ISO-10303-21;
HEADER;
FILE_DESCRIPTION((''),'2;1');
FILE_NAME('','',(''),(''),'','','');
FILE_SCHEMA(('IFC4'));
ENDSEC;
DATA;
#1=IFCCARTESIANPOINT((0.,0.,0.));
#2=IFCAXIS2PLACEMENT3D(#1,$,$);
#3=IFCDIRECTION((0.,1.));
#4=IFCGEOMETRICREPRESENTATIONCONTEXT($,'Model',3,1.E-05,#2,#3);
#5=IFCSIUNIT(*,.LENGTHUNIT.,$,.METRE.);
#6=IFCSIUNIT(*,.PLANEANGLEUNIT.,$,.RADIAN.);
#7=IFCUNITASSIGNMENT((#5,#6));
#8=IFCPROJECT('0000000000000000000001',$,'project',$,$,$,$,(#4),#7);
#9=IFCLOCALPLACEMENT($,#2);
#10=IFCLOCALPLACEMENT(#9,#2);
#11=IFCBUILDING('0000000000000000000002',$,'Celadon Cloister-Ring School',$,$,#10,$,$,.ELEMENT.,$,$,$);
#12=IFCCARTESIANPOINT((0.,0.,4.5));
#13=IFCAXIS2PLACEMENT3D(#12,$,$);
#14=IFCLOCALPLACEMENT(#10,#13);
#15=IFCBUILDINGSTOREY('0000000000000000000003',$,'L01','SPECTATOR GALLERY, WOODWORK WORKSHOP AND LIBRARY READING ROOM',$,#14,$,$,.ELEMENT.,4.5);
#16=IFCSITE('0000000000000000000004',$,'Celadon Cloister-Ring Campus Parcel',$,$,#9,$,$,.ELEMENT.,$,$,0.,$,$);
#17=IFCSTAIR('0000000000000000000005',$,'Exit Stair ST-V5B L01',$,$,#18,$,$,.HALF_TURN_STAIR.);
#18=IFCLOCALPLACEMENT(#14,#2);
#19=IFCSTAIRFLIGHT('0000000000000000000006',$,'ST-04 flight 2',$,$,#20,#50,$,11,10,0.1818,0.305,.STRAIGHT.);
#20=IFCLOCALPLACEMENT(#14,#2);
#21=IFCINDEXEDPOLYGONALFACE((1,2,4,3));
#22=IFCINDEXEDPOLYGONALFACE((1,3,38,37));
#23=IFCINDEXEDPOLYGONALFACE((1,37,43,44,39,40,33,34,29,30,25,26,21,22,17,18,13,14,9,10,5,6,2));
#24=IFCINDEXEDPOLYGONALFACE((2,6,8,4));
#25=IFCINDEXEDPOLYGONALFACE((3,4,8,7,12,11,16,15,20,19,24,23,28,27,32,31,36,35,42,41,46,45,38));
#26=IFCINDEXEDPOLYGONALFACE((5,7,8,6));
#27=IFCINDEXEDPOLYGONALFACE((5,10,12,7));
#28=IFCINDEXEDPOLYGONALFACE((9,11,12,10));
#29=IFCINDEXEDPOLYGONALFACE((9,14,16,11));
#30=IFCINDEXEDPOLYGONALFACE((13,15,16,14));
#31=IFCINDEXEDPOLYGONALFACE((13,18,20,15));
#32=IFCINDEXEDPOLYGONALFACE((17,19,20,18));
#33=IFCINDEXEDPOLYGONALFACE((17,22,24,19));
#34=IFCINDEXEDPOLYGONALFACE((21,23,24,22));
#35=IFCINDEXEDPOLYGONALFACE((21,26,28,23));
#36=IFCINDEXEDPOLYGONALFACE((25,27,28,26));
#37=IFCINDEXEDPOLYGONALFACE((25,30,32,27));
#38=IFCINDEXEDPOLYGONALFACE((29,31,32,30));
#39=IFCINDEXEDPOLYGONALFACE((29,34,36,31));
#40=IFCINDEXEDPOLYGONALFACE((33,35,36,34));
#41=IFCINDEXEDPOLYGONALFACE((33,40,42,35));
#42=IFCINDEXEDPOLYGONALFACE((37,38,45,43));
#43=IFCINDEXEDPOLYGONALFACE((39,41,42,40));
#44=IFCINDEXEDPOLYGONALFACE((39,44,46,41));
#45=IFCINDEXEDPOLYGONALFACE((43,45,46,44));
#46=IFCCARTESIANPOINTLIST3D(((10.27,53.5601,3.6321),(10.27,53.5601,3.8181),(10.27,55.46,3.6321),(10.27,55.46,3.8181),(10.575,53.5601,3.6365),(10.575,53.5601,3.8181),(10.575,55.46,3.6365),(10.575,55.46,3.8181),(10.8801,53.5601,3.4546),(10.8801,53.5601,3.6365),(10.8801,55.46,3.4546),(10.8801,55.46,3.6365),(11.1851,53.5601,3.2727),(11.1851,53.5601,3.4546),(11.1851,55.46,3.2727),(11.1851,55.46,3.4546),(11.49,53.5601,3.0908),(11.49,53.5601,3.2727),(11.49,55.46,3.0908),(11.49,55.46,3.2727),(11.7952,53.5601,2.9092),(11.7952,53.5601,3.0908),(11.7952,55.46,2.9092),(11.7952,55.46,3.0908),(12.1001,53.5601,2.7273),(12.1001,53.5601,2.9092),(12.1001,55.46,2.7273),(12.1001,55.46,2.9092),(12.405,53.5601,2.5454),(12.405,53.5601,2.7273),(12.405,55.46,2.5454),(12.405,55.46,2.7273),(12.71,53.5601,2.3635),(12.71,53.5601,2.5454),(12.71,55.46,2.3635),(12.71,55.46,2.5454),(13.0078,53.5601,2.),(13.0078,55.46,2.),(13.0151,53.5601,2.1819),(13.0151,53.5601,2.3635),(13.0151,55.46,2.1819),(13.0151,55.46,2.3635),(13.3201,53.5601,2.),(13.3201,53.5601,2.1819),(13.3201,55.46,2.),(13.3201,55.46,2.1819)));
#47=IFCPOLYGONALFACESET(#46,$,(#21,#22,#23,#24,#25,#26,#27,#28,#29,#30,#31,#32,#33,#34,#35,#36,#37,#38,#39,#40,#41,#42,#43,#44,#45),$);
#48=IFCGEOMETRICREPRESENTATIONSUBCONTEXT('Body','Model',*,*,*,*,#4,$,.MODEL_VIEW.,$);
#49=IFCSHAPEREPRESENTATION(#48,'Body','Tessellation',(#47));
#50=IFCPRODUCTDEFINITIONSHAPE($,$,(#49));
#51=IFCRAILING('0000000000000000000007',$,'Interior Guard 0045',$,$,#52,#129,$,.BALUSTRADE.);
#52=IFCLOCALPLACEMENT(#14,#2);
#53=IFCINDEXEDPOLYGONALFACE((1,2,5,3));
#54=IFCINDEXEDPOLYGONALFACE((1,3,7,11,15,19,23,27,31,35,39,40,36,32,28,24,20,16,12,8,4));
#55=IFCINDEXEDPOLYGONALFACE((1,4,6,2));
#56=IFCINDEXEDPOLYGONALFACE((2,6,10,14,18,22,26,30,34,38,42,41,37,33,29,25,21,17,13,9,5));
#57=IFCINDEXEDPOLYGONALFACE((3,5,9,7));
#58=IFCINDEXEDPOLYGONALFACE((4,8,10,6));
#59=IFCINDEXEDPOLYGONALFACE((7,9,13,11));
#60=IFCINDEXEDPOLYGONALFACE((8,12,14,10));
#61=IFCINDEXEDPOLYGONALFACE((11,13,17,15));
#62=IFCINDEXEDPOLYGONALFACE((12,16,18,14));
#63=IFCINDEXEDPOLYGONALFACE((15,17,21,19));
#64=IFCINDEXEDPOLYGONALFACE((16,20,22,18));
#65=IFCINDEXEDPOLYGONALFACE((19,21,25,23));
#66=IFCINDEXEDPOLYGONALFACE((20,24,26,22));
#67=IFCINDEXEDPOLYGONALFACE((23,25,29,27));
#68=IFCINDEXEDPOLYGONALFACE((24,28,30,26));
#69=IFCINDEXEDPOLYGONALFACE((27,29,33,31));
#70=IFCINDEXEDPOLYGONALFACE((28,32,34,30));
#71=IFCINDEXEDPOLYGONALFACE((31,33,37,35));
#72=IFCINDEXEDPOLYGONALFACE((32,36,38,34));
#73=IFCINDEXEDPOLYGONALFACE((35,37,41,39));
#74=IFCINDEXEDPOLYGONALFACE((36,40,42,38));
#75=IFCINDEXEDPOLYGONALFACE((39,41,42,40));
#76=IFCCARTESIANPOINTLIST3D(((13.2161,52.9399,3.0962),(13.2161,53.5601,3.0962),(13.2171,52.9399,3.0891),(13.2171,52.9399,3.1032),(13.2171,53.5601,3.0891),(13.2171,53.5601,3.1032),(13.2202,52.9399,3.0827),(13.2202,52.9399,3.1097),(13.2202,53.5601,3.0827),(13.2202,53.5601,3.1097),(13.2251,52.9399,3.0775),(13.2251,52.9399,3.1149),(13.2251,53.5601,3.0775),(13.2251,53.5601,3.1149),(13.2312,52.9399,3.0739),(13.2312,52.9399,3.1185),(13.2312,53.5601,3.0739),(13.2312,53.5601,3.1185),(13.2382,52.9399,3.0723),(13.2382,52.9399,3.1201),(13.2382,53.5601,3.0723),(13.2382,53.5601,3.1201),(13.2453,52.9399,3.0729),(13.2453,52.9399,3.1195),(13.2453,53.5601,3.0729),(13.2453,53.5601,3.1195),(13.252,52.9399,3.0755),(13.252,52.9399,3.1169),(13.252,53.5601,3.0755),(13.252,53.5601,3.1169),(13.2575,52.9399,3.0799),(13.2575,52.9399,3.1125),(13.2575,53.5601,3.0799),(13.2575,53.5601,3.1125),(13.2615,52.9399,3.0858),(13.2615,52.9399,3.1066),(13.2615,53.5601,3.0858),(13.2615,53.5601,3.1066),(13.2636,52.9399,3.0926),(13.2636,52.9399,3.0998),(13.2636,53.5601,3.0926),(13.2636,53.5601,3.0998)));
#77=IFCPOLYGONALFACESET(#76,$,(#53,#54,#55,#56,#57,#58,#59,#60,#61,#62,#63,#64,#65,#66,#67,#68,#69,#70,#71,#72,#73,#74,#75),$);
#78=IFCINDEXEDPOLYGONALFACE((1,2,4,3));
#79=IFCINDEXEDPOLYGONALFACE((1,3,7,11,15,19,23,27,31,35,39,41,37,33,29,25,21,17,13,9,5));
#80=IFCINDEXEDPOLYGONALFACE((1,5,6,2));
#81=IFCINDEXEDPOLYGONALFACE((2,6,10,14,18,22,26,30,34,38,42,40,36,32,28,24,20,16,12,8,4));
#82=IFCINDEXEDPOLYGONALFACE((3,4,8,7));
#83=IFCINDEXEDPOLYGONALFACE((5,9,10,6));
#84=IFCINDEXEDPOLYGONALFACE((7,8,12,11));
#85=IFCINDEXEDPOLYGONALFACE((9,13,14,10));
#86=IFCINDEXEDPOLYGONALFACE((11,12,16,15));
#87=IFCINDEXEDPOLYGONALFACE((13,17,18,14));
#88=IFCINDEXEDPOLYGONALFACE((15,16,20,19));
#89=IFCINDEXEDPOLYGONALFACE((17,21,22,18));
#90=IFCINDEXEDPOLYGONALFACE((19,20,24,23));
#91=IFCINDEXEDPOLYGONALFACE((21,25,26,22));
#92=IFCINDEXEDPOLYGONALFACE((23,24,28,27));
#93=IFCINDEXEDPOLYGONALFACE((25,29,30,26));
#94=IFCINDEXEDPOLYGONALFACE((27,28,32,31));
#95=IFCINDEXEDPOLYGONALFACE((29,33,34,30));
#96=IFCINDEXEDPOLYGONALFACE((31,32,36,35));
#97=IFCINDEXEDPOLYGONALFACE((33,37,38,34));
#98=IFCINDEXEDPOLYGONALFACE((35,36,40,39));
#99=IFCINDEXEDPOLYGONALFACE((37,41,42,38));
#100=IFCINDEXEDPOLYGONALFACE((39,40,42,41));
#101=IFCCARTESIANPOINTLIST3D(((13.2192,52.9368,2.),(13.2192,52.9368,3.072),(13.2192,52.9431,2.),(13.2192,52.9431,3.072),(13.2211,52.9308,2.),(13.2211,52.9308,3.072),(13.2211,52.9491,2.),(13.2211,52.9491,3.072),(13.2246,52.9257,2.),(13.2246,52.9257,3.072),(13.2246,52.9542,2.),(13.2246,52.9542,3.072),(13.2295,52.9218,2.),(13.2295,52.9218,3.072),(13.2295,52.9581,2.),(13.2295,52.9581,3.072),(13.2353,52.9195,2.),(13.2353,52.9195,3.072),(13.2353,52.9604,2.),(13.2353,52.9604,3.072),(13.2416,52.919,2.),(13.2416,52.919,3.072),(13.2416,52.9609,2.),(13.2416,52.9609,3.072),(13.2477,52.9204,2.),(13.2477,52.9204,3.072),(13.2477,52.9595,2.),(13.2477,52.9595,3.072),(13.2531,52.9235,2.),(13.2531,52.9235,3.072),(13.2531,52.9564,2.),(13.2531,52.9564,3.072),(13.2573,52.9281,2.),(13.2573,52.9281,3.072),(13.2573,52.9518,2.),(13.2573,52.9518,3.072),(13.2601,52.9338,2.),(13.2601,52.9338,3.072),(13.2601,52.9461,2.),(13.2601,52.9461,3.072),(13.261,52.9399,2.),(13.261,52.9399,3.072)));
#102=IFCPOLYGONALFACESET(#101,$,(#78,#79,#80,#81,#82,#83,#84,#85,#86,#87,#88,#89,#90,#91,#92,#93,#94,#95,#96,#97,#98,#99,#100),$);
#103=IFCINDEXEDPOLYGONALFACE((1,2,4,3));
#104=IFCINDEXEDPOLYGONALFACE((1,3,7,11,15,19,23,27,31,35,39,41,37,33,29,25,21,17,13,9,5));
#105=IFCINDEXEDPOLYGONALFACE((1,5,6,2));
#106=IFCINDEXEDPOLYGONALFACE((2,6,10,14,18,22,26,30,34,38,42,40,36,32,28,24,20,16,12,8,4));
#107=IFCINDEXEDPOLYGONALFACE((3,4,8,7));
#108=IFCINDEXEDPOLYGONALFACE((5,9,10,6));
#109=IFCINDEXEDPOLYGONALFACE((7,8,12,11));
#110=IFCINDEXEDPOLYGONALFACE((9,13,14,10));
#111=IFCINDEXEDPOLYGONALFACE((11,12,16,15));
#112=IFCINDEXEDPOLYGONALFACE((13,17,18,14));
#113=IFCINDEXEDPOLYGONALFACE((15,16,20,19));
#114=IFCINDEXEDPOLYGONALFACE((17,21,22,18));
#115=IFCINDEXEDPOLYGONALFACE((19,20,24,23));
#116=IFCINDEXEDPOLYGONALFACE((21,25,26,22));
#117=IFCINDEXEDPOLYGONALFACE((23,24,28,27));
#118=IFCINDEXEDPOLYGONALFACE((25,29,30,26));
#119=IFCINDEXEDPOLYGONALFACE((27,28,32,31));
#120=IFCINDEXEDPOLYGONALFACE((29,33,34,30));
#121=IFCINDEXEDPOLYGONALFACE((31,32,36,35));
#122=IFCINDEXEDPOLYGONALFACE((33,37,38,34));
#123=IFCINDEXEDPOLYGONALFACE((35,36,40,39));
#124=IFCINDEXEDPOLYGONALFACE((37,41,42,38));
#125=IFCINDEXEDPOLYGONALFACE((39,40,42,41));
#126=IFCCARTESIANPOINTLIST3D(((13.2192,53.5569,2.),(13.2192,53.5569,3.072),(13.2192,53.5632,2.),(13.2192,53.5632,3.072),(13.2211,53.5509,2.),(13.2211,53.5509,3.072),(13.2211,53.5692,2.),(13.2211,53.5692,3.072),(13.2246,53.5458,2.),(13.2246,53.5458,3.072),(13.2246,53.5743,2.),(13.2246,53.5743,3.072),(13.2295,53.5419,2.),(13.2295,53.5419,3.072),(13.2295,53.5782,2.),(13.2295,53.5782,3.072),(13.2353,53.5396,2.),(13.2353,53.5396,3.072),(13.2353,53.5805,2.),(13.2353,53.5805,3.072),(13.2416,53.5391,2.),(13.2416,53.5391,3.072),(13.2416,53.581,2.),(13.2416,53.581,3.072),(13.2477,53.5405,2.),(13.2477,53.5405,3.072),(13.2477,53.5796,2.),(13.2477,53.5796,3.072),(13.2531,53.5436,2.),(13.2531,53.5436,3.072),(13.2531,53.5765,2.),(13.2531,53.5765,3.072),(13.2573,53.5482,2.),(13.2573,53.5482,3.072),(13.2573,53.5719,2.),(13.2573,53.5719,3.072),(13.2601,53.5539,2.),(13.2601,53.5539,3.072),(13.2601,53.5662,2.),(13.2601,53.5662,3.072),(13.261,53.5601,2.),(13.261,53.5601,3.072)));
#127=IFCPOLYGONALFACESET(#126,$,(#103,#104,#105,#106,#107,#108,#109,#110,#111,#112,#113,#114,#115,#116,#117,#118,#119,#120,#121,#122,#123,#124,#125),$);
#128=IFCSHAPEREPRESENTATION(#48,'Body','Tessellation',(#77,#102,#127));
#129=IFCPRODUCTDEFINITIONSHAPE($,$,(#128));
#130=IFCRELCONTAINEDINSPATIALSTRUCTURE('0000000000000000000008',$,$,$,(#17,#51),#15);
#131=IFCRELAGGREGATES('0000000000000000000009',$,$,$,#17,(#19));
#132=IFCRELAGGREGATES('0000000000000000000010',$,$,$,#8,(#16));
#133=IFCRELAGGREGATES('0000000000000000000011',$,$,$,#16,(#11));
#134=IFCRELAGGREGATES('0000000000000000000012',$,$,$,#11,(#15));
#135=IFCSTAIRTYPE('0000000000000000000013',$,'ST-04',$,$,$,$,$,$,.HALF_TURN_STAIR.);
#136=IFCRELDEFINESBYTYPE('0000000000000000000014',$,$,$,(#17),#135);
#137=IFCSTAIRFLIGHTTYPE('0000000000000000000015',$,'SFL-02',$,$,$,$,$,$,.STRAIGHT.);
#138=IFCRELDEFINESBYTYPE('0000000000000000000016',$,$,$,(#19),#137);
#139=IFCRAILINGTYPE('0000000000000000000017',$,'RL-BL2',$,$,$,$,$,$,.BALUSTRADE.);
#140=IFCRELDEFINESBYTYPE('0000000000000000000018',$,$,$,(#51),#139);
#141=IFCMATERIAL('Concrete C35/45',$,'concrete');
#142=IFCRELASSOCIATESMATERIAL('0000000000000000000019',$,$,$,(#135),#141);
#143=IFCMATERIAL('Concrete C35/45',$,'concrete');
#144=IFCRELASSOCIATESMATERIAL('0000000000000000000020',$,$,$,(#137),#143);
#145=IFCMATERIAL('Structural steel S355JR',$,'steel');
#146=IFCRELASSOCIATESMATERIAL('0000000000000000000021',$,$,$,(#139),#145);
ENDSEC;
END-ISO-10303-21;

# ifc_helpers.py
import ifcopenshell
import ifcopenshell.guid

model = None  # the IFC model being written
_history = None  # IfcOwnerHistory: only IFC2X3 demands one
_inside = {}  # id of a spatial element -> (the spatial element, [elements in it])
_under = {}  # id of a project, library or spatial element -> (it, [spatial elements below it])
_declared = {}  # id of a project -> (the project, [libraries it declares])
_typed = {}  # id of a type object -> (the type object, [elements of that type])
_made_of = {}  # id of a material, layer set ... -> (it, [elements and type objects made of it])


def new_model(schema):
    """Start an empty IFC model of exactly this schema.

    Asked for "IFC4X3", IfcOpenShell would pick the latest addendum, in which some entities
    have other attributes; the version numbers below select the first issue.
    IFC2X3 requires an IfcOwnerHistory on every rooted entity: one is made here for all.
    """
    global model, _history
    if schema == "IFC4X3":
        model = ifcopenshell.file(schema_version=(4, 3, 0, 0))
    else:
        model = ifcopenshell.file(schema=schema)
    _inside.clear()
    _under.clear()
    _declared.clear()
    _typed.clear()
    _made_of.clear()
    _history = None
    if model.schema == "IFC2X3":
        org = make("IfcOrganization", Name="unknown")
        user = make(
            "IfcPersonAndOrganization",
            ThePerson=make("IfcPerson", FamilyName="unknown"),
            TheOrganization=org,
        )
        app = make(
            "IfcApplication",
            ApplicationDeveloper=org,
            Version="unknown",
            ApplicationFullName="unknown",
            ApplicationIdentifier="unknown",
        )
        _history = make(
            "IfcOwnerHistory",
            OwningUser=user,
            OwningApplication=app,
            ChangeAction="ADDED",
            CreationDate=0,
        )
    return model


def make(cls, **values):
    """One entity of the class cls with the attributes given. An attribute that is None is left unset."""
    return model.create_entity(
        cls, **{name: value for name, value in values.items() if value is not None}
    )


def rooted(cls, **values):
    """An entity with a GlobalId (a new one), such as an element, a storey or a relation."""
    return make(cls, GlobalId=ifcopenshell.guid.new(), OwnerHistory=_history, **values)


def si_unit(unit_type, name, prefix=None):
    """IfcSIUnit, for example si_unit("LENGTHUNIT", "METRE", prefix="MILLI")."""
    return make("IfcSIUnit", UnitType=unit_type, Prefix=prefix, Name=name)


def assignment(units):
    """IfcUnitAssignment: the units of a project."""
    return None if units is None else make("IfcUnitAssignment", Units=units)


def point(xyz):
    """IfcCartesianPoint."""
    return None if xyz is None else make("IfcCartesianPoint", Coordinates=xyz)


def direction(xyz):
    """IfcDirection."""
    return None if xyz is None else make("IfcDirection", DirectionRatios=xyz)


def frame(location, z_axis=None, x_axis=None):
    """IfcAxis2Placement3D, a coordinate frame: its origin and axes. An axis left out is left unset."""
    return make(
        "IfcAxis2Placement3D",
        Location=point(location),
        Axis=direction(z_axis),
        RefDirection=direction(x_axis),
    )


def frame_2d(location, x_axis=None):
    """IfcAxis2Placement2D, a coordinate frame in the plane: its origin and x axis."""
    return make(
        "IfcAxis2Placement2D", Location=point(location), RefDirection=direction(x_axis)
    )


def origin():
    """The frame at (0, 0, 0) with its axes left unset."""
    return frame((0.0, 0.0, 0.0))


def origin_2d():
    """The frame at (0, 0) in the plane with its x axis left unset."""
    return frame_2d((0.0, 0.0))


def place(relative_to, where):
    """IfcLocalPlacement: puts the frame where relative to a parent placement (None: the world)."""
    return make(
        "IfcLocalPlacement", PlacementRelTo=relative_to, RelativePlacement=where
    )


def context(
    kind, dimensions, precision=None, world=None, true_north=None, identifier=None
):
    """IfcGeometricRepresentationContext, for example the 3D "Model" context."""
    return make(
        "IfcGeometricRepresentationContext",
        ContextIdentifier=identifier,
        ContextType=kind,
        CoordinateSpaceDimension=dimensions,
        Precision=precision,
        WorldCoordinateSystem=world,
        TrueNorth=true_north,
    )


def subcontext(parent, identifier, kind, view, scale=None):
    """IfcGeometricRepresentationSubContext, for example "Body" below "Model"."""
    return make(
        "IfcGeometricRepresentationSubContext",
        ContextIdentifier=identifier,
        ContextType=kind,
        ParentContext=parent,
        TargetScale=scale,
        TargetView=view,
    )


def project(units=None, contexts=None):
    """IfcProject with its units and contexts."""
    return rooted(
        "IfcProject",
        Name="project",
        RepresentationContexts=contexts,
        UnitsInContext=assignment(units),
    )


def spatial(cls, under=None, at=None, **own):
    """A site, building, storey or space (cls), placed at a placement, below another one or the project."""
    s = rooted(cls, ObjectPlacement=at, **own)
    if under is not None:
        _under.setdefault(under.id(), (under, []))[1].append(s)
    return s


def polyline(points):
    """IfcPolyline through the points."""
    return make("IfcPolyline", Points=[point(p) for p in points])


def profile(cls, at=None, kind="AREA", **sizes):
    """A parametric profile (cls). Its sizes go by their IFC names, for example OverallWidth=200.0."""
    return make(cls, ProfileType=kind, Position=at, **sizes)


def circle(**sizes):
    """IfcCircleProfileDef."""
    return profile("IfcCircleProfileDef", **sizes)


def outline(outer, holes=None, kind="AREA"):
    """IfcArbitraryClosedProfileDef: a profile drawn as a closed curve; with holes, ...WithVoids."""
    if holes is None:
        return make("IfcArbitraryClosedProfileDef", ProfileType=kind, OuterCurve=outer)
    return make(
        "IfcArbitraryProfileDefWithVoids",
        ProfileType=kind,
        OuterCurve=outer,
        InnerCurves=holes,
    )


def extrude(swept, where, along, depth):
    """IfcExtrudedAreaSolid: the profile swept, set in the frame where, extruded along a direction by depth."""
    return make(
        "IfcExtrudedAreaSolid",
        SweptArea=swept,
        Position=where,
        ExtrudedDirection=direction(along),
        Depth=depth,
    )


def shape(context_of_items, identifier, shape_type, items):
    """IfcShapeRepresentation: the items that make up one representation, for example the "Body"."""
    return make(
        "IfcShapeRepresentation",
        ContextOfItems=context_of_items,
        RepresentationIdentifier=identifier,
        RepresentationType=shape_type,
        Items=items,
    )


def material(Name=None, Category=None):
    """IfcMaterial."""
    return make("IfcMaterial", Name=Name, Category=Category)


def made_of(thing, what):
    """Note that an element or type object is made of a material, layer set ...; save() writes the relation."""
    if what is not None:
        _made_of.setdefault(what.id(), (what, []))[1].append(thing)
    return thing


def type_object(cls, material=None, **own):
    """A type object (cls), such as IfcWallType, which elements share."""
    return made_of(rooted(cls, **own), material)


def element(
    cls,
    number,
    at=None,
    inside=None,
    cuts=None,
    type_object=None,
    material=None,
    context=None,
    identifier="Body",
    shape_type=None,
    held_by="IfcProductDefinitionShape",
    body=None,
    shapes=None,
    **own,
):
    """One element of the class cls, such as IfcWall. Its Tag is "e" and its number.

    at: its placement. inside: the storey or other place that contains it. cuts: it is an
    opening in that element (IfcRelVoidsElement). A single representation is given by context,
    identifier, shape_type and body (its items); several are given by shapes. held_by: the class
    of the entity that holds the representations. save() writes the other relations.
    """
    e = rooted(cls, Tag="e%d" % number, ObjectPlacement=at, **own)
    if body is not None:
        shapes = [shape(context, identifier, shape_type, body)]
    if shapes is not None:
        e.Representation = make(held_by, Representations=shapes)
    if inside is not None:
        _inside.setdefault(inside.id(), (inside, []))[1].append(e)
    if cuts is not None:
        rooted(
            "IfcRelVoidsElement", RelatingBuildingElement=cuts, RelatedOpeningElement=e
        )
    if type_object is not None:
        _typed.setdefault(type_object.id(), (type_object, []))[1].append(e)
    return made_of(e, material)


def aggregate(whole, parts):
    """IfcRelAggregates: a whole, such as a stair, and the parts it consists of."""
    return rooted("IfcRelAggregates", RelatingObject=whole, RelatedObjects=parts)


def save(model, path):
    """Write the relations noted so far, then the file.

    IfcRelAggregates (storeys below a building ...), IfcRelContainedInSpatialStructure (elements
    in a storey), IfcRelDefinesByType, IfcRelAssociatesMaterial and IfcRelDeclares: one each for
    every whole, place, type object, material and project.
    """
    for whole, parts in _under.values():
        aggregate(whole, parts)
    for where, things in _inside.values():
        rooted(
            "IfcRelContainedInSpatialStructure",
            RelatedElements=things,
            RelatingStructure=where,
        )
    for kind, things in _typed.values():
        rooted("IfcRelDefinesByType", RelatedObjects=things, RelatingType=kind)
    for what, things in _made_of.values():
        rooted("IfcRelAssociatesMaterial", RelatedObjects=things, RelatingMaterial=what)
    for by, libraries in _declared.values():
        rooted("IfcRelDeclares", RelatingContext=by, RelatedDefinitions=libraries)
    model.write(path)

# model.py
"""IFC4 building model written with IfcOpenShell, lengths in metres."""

from ifc_helpers import new_model, si_unit, direction, frame, origin, origin_2d, place, context, subcontext, project, spatial, polyline, circle, outline, extrude, material, type_object, element, aggregate, save


model = new_model("IFC4")

# Units and contexts
model_context = context("Model", 3, precision=1e-05, world=origin(), true_north=direction((0.0, 1.0)))
body_context = subcontext(model_context, "Body", "Model", "MODEL_VIEW")
ifc_project = project(units=[si_unit("LENGTHUNIT", "METRE"), si_unit("PLANEANGLEUNIT", "RADIAN")], contexts=[model_context])

# Site, building, storey
site_placement = place(None, origin())
site = spatial("IfcSite", under=ifc_project, at=site_placement, Name="Celadon Cloister-Ring Campus Parcel", CompositionType="ELEMENT", RefElevation=0.0)
building_placement = place(site_placement, origin())
building = spatial("IfcBuilding", under=site, at=building_placement, Name="Celadon Cloister-Ring School", CompositionType="ELEMENT")
storey_placement = place(building_placement, frame((0.0, 0.0, 4.5)))
storey = spatial("IfcBuildingStorey", under=building, at=storey_placement, Name="L01", Description="SPECTATOR GALLERY, WOODWORK WORKSHOP AND LIBRARY READING ROOM", CompositionType="ELEMENT", Elevation=4.5)

# Stair, stair flight
ifc_material_1 = material(Name="Concrete C35/45", Category="concrete")
stair_type = type_object("IfcStairType", Name="ST-04", PredefinedType="HALF_TURN_STAIR", material=ifc_material_1)
stair_placement = place(storey_placement, origin())
stair = element("IfcStair", 1, at=stair_placement, inside=storey, type_object=stair_type, Name="Exit Stair ST-V5B L01", PredefinedType="HALF_TURN_STAIR")
ifc_material_2 = material(Name="Concrete C35/45", Category="concrete")
stair_flight_type = type_object("IfcStairFlightType", Name="SFL-02", PredefinedType="STRAIGHT", material=ifc_material_2)
stair_flight_1_placement = place(storey_placement, frame((13.3201, 54.51, 2.0), z_axis=(0.0, 0.0, 1.0), x_axis=(-1.0, 0.0, 0.0)))
stair_flight_1 = element("IfcStairFlight", 2, at=stair_flight_1_placement, type_object=stair_flight_type, Name="ST-04 flight 2", NumberOfRisers=11, NumberOfTreads=10, PredefinedType="STRAIGHT", RiserHeight=0.1818, TreadLength=0.305, context=body_context, shape_type="SweptSolid", body=[
    extrude(outline(polyline([(0.0, 0.0), (0.0, 0.1819), (0.3049, 0.1819), (0.3049, 0.3635), (0.6101, 0.3635), (0.6101, 0.5454), (0.915, 0.5454), (0.915, 0.7273), (1.22, 0.7273), (1.22, 0.9092), (1.5249, 0.9092), (1.5249, 1.0908), (1.8301, 1.0908), (1.8301, 1.2727), (2.135, 1.2727), (2.135, 1.4546), (2.4399, 1.4546), (2.4399, 1.6365), (2.7451, 1.6365), (2.7451, 1.8181), (3.05, 1.8181), (3.05, 2.0), (3.05, 1.6321), (0.3123, 0.0), (0.0, 0.0)])), frame((0.0, 0.95, 0.0), z_axis=(0.0, -1.0, 0.0), x_axis=(1.0, 0.0, 0.0)), (0.0, 0.0, 1.0), 1.8999),
])
aggregate(stair, [stair_flight_1])

# Railing
ifc_material_3 = material(Name="Structural steel S355JR", Category="steel")
railing_type_1 = type_object("IfcRailingType", Name="RL-BL2", PredefinedType="BALUSTRADE", material=ifc_material_3)
railing_1_placement = place(storey_placement, frame((13.24, 52.9399, 2.0)))
element("IfcRailing", 3, at=railing_1_placement, inside=storey, type_object=railing_type_1, Name="Interior Guard 0045", PredefinedType="BALUSTRADE", context=body_context, shape_type="SweptSolid", body=[
    extrude(circle(Radius=0.0239, at=origin_2d()), frame((0.0, 0.0, 1.0962), z_axis=(0.0, 1.0, 0.0), x_axis=(-1.0, 0.0, 0.0)), (0.0, 0.0, 1.0), 0.6201),
    extrude(circle(Radius=0.021, at=origin_2d()), origin(), (0.0, 0.0, 1.0), 1.072),
    extrude(circle(Radius=0.021, at=origin_2d()), frame((0.0, 0.6201, 0.0)), (0.0, 0.0, 1.0), 1.072),
])

save(model, "model.ifc")
